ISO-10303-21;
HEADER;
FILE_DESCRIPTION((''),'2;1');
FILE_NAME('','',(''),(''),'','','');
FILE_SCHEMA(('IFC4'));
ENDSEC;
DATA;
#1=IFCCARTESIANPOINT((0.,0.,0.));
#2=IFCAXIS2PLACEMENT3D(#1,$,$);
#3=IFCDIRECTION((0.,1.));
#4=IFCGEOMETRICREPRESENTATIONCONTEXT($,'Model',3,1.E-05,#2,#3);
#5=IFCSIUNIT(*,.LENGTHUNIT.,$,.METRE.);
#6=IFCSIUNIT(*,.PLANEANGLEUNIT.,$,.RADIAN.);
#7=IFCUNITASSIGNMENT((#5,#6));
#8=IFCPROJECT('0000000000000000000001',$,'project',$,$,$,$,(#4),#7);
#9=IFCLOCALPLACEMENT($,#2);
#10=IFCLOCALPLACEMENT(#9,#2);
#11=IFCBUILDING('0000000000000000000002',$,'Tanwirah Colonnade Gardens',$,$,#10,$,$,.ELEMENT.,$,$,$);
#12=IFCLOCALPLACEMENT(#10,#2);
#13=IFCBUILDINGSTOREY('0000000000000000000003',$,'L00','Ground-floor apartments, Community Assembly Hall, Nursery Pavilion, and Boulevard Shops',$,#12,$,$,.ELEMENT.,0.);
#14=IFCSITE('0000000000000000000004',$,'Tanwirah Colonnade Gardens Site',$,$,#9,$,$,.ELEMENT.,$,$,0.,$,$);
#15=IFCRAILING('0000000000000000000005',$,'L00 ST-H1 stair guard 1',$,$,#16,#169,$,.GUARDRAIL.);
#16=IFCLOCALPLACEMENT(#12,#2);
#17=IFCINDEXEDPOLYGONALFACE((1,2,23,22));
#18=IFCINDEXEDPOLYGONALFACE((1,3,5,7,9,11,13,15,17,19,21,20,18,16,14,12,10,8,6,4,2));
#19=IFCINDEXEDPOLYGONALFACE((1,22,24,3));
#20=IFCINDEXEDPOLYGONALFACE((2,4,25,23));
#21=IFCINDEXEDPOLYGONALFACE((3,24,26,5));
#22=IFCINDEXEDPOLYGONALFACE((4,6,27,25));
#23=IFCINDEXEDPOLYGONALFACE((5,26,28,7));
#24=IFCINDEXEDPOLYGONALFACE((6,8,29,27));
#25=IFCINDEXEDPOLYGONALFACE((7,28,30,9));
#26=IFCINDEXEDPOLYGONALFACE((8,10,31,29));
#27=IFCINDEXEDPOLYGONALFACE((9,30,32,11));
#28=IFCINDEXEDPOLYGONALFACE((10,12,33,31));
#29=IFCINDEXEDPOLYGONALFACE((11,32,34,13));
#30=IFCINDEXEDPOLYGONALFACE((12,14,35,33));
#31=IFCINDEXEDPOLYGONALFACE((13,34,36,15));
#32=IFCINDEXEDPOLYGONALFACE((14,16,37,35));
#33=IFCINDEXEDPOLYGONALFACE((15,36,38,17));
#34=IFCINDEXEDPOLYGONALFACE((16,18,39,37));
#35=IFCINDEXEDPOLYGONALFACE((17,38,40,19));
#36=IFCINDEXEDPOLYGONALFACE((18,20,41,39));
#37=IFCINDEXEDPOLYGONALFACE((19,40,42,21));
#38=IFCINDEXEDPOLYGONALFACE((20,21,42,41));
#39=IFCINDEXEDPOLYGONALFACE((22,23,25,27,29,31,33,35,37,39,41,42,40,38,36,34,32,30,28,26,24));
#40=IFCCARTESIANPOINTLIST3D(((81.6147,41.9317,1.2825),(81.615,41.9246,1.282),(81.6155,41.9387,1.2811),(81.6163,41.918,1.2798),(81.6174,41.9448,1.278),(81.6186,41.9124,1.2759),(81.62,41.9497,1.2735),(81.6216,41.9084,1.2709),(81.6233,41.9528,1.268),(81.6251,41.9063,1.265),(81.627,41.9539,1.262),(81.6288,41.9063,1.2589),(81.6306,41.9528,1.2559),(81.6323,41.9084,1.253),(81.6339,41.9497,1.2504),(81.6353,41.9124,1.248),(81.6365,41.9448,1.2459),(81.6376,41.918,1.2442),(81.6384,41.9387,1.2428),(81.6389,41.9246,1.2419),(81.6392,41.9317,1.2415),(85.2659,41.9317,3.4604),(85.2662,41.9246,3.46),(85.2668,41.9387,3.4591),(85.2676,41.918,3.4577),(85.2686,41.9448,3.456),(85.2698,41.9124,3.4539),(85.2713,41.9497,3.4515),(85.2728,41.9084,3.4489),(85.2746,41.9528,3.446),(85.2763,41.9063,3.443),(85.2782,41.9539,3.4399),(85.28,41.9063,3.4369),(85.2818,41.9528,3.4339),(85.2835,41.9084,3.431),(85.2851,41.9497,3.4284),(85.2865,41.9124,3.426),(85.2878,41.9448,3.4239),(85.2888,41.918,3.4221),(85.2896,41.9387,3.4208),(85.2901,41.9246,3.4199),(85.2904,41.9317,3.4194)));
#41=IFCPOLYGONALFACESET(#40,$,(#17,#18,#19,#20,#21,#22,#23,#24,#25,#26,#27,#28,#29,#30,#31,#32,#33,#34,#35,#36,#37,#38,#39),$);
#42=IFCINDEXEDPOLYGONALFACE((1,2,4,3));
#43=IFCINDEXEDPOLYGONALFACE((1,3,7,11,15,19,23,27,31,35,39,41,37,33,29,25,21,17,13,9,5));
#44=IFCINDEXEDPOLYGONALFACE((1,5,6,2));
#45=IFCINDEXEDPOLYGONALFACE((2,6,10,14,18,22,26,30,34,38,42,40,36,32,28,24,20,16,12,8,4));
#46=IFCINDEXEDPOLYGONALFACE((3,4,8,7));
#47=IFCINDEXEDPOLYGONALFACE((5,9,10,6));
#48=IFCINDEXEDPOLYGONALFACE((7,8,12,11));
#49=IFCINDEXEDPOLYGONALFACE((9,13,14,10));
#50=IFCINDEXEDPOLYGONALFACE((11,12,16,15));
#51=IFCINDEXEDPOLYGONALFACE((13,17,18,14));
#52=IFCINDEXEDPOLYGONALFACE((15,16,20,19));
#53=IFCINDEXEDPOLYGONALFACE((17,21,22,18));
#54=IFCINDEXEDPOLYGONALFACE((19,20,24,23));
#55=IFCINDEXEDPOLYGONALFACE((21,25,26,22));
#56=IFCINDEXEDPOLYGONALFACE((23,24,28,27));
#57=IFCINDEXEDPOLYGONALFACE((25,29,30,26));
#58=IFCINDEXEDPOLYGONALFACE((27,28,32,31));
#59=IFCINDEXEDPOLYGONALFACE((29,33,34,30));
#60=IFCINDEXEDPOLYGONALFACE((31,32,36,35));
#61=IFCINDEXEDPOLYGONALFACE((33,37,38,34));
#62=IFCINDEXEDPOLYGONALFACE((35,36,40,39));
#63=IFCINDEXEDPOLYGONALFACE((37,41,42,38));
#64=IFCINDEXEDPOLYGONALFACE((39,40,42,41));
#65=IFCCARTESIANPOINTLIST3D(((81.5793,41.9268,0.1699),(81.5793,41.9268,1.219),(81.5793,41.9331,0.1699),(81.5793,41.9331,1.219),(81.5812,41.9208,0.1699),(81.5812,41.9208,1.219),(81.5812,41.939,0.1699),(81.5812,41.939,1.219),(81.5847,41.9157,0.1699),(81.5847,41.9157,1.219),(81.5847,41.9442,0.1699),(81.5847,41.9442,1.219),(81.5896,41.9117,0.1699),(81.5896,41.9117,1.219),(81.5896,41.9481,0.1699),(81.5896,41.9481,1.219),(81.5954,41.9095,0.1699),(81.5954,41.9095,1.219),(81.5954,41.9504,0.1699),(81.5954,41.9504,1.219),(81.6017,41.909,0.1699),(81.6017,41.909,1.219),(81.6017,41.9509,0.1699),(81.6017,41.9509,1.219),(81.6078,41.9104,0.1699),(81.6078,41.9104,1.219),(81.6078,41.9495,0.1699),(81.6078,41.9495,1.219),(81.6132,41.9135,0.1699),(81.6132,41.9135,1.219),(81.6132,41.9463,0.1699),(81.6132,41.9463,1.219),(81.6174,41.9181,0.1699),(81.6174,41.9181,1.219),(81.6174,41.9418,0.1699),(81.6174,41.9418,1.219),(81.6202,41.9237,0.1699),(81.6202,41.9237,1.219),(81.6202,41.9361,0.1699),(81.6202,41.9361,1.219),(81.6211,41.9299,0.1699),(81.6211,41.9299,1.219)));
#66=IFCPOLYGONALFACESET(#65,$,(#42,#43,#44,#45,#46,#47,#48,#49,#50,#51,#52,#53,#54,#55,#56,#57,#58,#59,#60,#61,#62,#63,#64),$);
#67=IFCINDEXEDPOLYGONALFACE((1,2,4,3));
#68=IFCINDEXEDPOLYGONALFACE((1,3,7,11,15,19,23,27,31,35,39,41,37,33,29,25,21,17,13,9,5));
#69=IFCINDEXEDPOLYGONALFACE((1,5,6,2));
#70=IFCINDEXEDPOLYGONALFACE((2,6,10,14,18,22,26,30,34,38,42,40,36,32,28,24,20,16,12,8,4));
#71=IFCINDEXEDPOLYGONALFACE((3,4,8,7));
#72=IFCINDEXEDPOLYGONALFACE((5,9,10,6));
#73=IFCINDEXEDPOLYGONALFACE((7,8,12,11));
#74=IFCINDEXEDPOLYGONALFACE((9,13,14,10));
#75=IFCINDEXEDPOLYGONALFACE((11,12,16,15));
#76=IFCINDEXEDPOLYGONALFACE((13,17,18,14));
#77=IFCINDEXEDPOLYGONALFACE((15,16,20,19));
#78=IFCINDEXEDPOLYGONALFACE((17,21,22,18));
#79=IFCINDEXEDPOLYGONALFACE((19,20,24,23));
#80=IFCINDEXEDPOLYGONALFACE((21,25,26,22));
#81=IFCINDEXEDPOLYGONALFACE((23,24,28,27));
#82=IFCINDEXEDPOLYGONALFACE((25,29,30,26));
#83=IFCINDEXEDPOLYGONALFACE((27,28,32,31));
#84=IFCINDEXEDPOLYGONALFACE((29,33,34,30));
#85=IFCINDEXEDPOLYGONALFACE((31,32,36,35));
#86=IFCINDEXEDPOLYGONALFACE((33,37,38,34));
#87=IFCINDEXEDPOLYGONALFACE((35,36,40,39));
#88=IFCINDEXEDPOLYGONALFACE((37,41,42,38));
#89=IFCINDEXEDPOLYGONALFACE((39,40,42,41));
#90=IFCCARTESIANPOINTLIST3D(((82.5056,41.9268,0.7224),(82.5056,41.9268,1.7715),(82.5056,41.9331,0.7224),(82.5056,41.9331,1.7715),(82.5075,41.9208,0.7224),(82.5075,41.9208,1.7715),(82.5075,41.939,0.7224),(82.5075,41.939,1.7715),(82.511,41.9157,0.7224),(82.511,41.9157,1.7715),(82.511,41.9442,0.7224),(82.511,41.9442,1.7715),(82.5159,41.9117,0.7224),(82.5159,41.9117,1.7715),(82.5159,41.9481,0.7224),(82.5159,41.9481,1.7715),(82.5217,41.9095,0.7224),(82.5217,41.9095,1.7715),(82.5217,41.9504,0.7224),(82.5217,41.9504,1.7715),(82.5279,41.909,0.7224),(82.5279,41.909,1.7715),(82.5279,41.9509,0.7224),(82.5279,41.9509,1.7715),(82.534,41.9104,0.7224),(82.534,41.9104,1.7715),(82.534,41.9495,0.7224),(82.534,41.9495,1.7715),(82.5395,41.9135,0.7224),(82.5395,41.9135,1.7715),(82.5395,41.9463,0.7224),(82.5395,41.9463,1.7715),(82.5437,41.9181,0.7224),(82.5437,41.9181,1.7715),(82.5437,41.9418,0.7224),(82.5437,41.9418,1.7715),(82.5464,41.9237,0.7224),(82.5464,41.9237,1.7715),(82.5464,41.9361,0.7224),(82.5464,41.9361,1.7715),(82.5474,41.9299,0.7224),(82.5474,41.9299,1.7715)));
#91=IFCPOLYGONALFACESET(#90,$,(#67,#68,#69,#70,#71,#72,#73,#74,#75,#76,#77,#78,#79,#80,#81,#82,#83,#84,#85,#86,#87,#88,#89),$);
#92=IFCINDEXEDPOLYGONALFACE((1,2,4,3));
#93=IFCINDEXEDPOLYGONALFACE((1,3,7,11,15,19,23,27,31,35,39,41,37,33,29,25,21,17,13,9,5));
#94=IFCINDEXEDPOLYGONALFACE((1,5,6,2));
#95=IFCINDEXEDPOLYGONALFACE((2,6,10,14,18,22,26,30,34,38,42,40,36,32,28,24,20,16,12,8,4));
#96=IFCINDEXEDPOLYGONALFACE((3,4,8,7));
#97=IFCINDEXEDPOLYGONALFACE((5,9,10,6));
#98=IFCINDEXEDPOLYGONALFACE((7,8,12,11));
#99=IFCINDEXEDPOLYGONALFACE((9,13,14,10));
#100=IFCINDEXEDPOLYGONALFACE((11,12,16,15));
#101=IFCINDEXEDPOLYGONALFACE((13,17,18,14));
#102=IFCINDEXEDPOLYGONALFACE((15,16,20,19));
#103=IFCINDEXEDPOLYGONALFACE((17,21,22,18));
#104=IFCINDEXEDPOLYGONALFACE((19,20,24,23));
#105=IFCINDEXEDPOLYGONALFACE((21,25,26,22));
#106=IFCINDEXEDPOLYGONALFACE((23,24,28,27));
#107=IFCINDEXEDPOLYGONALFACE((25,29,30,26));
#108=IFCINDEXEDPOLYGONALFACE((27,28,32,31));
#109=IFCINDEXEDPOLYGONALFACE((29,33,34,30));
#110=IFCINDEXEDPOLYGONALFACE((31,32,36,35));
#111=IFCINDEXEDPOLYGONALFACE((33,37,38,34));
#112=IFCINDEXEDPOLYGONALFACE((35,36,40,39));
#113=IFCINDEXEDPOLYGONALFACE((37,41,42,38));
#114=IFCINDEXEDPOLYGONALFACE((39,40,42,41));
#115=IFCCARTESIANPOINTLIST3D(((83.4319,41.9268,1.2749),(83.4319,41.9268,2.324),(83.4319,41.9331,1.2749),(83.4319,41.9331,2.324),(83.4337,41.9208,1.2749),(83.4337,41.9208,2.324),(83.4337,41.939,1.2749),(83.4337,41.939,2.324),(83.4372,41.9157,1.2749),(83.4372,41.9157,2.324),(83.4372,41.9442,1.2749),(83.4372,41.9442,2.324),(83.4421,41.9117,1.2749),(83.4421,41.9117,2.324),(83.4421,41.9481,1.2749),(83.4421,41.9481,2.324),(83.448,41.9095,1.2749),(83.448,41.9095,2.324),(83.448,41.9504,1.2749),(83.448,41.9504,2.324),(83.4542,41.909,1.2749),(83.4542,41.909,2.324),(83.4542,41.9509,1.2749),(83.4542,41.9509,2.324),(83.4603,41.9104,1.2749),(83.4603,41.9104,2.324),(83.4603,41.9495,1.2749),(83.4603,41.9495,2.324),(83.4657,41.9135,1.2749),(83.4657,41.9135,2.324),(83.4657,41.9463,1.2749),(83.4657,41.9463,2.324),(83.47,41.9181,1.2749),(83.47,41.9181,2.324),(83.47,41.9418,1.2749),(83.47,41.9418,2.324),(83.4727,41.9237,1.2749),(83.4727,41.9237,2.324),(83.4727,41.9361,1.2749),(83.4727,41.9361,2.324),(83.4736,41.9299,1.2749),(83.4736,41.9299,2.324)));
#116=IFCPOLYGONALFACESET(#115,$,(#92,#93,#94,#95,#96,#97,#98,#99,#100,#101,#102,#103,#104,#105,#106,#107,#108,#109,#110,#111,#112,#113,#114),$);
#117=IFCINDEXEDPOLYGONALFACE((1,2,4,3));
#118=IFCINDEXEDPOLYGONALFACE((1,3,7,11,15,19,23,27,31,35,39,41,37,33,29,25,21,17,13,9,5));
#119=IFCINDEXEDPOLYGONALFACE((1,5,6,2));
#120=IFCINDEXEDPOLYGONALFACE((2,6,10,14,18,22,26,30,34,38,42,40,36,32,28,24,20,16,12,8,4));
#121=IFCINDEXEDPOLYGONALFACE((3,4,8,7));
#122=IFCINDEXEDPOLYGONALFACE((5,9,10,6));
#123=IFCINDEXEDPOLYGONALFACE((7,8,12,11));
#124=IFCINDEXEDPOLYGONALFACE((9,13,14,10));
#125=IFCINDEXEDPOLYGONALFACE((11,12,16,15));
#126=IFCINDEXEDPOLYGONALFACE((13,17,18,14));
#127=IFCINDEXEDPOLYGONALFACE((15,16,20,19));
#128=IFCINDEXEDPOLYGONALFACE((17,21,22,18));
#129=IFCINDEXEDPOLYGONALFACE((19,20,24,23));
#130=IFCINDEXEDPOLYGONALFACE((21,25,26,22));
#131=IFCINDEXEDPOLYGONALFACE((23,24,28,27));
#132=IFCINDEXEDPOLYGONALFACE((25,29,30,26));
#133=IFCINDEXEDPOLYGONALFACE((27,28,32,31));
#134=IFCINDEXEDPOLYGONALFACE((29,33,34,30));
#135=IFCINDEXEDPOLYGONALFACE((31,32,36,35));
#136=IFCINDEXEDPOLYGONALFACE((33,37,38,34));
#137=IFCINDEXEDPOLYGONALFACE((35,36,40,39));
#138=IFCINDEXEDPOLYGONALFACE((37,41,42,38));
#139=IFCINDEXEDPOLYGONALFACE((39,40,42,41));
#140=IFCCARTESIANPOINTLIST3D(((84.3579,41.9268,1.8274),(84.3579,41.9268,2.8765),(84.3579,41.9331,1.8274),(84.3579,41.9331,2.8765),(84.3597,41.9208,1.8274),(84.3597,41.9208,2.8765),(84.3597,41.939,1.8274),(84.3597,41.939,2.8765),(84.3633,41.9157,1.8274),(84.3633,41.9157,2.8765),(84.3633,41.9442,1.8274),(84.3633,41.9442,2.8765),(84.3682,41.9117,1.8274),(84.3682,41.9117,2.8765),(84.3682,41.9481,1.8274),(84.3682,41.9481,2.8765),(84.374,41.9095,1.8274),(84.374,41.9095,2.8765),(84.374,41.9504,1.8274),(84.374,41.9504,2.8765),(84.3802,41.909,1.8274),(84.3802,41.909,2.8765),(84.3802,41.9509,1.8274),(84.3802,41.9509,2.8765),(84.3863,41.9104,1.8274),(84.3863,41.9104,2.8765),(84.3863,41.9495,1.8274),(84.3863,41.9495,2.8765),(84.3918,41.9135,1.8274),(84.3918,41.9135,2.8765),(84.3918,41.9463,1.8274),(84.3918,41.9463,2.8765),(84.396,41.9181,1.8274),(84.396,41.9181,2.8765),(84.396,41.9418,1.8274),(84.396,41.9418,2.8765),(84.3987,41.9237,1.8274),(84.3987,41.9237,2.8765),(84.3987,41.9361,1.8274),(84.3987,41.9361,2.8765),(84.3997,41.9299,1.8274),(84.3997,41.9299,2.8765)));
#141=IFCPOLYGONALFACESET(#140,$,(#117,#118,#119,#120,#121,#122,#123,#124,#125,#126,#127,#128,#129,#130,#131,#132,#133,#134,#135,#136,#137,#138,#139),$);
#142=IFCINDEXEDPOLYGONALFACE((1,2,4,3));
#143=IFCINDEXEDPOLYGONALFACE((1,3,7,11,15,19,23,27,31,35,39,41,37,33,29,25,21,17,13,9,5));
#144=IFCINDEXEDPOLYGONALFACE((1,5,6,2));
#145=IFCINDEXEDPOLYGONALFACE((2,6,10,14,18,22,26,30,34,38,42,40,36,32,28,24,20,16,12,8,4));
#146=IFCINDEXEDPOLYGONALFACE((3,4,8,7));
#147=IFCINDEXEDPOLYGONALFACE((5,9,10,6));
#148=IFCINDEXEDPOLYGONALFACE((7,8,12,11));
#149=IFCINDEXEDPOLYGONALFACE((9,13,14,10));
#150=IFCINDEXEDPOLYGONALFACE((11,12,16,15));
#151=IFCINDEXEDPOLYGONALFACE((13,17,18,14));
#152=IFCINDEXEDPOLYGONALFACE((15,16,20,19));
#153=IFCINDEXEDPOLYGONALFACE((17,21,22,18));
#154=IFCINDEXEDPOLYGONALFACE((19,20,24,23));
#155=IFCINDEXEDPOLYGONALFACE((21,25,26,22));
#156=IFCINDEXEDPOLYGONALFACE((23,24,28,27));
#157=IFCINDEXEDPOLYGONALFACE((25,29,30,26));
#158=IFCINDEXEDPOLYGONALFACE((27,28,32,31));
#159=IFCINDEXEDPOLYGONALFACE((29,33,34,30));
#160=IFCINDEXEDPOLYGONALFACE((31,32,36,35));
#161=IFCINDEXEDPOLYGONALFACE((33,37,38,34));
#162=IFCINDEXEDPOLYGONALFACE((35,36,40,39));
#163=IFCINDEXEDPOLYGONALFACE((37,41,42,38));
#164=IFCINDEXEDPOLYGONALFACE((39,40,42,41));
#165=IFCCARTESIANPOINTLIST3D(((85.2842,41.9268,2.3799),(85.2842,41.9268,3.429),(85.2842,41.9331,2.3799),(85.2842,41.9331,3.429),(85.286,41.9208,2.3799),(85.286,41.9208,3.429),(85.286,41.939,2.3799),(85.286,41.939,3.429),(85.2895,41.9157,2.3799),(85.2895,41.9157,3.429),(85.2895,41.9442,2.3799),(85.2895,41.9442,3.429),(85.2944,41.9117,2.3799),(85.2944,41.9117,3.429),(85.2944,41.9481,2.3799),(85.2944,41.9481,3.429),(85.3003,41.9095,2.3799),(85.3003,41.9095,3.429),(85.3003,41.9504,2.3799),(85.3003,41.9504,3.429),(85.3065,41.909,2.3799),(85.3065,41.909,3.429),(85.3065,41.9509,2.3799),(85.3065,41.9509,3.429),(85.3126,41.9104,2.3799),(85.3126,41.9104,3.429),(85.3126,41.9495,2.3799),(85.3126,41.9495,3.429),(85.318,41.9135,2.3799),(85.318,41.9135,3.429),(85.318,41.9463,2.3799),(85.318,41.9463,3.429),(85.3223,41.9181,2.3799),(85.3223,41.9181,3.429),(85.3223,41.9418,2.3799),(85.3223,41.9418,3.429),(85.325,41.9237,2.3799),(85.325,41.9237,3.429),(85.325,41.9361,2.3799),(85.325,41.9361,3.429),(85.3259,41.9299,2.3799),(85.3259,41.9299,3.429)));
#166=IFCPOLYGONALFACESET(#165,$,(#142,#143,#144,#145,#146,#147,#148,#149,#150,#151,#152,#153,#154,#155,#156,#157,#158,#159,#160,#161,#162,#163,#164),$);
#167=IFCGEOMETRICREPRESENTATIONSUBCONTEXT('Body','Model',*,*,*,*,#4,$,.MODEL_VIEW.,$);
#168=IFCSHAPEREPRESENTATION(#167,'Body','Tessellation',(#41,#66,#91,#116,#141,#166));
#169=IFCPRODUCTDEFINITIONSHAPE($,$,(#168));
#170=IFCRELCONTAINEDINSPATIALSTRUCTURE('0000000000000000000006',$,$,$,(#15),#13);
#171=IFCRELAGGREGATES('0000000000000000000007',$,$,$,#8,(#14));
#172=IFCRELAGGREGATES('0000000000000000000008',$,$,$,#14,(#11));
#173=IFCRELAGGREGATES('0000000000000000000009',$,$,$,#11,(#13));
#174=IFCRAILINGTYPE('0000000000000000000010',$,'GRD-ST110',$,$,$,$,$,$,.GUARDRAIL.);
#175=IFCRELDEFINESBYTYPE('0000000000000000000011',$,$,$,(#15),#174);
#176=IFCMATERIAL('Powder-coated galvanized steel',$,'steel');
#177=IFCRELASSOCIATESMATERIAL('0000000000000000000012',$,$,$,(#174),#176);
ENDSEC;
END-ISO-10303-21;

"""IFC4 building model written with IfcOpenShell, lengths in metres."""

from ifc_helpers import new_model, si_unit, direction, frame, origin, origin_2d, place, context, subcontext, project, spatial, circle, extrude, material, type_object, element, save


model = new_model("IFC4")

# Units and contexts
model_context = context("Model", 3, precision=1e-05, world=origin(), true_north=direction((0.0, 1.0)))
body_context = subcontext(model_context, "Body", "Model", "MODEL_VIEW")
ifc_project = project(units=[si_unit("LENGTHUNIT", "METRE"), si_unit("PLANEANGLEUNIT", "RADIAN")], contexts=[model_context])

# Site, building, storey
site_placement = place(None, origin())
site = spatial("IfcSite", under=ifc_project, at=site_placement, Name="Tanwirah Colonnade Gardens Site", CompositionType="ELEMENT", RefElevation=0.0)
building_placement = place(site_placement, origin())
building = spatial("IfcBuilding", under=site, at=building_placement, Name="Tanwirah Colonnade Gardens", CompositionType="ELEMENT")
storey_placement = place(building_placement, origin())
storey = spatial("IfcBuildingStorey", under=building, at=storey_placement, Name="L00", Description="Ground-floor apartments, Community Assembly Hall, Nursery Pavilion, and Boulevard Shops", CompositionType="ELEMENT", Elevation=0.0)

# Railing
ifc_material_1 = material(Name="Powder-coated galvanized steel", Category="steel")
railing_type_1 = type_object("IfcRailingType", Name="GRD-ST110", PredefinedType="GUARDRAIL", material=ifc_material_1)
railing_1_placement = place(storey_placement, frame((81.6001, 41.9299, 0.1699)))
element("IfcRailing", 1, at=railing_1_placement, inside=storey, type_object=railing_type_1, Name="L00 ST-H1 stair guard 1", PredefinedType="GUARDRAIL", context=body_context, shape_type="SweptSolid", body=[
    extrude(circle(Radius=0.0239, at=origin_2d()), frame((0.0269, 0.0, 1.092), z_axis=(0.858813, 0.0, 0.512289), x_axis=(0.0, 1.0, 0.0)), (0.0, 0.0, 1.0), 4.2515),
    extrude(circle(Radius=0.021, at=origin_2d()), origin(), (0.0, 0.0, 1.0), 1.0491),
    extrude(circle(Radius=0.021, at=origin_2d()), frame((0.9263, 0.0, 0.5525)), (0.0, 0.0, 1.0), 1.0491),
    extrude(circle(Radius=0.021, at=origin_2d()), frame((1.8525, 0.0, 1.105)), (0.0, 0.0, 1.0), 1.0491),
    extrude(circle(Radius=0.021, at=origin_2d()), frame((2.7786, 0.0, 1.6575)), (0.0, 0.0, 1.0), 1.0491),
    extrude(circle(Radius=0.021, at=origin_2d()), frame((3.7048, 0.0, 2.21)), (0.0, 0.0, 1.0), 1.0491),
])

save(model, "model.ifc")
